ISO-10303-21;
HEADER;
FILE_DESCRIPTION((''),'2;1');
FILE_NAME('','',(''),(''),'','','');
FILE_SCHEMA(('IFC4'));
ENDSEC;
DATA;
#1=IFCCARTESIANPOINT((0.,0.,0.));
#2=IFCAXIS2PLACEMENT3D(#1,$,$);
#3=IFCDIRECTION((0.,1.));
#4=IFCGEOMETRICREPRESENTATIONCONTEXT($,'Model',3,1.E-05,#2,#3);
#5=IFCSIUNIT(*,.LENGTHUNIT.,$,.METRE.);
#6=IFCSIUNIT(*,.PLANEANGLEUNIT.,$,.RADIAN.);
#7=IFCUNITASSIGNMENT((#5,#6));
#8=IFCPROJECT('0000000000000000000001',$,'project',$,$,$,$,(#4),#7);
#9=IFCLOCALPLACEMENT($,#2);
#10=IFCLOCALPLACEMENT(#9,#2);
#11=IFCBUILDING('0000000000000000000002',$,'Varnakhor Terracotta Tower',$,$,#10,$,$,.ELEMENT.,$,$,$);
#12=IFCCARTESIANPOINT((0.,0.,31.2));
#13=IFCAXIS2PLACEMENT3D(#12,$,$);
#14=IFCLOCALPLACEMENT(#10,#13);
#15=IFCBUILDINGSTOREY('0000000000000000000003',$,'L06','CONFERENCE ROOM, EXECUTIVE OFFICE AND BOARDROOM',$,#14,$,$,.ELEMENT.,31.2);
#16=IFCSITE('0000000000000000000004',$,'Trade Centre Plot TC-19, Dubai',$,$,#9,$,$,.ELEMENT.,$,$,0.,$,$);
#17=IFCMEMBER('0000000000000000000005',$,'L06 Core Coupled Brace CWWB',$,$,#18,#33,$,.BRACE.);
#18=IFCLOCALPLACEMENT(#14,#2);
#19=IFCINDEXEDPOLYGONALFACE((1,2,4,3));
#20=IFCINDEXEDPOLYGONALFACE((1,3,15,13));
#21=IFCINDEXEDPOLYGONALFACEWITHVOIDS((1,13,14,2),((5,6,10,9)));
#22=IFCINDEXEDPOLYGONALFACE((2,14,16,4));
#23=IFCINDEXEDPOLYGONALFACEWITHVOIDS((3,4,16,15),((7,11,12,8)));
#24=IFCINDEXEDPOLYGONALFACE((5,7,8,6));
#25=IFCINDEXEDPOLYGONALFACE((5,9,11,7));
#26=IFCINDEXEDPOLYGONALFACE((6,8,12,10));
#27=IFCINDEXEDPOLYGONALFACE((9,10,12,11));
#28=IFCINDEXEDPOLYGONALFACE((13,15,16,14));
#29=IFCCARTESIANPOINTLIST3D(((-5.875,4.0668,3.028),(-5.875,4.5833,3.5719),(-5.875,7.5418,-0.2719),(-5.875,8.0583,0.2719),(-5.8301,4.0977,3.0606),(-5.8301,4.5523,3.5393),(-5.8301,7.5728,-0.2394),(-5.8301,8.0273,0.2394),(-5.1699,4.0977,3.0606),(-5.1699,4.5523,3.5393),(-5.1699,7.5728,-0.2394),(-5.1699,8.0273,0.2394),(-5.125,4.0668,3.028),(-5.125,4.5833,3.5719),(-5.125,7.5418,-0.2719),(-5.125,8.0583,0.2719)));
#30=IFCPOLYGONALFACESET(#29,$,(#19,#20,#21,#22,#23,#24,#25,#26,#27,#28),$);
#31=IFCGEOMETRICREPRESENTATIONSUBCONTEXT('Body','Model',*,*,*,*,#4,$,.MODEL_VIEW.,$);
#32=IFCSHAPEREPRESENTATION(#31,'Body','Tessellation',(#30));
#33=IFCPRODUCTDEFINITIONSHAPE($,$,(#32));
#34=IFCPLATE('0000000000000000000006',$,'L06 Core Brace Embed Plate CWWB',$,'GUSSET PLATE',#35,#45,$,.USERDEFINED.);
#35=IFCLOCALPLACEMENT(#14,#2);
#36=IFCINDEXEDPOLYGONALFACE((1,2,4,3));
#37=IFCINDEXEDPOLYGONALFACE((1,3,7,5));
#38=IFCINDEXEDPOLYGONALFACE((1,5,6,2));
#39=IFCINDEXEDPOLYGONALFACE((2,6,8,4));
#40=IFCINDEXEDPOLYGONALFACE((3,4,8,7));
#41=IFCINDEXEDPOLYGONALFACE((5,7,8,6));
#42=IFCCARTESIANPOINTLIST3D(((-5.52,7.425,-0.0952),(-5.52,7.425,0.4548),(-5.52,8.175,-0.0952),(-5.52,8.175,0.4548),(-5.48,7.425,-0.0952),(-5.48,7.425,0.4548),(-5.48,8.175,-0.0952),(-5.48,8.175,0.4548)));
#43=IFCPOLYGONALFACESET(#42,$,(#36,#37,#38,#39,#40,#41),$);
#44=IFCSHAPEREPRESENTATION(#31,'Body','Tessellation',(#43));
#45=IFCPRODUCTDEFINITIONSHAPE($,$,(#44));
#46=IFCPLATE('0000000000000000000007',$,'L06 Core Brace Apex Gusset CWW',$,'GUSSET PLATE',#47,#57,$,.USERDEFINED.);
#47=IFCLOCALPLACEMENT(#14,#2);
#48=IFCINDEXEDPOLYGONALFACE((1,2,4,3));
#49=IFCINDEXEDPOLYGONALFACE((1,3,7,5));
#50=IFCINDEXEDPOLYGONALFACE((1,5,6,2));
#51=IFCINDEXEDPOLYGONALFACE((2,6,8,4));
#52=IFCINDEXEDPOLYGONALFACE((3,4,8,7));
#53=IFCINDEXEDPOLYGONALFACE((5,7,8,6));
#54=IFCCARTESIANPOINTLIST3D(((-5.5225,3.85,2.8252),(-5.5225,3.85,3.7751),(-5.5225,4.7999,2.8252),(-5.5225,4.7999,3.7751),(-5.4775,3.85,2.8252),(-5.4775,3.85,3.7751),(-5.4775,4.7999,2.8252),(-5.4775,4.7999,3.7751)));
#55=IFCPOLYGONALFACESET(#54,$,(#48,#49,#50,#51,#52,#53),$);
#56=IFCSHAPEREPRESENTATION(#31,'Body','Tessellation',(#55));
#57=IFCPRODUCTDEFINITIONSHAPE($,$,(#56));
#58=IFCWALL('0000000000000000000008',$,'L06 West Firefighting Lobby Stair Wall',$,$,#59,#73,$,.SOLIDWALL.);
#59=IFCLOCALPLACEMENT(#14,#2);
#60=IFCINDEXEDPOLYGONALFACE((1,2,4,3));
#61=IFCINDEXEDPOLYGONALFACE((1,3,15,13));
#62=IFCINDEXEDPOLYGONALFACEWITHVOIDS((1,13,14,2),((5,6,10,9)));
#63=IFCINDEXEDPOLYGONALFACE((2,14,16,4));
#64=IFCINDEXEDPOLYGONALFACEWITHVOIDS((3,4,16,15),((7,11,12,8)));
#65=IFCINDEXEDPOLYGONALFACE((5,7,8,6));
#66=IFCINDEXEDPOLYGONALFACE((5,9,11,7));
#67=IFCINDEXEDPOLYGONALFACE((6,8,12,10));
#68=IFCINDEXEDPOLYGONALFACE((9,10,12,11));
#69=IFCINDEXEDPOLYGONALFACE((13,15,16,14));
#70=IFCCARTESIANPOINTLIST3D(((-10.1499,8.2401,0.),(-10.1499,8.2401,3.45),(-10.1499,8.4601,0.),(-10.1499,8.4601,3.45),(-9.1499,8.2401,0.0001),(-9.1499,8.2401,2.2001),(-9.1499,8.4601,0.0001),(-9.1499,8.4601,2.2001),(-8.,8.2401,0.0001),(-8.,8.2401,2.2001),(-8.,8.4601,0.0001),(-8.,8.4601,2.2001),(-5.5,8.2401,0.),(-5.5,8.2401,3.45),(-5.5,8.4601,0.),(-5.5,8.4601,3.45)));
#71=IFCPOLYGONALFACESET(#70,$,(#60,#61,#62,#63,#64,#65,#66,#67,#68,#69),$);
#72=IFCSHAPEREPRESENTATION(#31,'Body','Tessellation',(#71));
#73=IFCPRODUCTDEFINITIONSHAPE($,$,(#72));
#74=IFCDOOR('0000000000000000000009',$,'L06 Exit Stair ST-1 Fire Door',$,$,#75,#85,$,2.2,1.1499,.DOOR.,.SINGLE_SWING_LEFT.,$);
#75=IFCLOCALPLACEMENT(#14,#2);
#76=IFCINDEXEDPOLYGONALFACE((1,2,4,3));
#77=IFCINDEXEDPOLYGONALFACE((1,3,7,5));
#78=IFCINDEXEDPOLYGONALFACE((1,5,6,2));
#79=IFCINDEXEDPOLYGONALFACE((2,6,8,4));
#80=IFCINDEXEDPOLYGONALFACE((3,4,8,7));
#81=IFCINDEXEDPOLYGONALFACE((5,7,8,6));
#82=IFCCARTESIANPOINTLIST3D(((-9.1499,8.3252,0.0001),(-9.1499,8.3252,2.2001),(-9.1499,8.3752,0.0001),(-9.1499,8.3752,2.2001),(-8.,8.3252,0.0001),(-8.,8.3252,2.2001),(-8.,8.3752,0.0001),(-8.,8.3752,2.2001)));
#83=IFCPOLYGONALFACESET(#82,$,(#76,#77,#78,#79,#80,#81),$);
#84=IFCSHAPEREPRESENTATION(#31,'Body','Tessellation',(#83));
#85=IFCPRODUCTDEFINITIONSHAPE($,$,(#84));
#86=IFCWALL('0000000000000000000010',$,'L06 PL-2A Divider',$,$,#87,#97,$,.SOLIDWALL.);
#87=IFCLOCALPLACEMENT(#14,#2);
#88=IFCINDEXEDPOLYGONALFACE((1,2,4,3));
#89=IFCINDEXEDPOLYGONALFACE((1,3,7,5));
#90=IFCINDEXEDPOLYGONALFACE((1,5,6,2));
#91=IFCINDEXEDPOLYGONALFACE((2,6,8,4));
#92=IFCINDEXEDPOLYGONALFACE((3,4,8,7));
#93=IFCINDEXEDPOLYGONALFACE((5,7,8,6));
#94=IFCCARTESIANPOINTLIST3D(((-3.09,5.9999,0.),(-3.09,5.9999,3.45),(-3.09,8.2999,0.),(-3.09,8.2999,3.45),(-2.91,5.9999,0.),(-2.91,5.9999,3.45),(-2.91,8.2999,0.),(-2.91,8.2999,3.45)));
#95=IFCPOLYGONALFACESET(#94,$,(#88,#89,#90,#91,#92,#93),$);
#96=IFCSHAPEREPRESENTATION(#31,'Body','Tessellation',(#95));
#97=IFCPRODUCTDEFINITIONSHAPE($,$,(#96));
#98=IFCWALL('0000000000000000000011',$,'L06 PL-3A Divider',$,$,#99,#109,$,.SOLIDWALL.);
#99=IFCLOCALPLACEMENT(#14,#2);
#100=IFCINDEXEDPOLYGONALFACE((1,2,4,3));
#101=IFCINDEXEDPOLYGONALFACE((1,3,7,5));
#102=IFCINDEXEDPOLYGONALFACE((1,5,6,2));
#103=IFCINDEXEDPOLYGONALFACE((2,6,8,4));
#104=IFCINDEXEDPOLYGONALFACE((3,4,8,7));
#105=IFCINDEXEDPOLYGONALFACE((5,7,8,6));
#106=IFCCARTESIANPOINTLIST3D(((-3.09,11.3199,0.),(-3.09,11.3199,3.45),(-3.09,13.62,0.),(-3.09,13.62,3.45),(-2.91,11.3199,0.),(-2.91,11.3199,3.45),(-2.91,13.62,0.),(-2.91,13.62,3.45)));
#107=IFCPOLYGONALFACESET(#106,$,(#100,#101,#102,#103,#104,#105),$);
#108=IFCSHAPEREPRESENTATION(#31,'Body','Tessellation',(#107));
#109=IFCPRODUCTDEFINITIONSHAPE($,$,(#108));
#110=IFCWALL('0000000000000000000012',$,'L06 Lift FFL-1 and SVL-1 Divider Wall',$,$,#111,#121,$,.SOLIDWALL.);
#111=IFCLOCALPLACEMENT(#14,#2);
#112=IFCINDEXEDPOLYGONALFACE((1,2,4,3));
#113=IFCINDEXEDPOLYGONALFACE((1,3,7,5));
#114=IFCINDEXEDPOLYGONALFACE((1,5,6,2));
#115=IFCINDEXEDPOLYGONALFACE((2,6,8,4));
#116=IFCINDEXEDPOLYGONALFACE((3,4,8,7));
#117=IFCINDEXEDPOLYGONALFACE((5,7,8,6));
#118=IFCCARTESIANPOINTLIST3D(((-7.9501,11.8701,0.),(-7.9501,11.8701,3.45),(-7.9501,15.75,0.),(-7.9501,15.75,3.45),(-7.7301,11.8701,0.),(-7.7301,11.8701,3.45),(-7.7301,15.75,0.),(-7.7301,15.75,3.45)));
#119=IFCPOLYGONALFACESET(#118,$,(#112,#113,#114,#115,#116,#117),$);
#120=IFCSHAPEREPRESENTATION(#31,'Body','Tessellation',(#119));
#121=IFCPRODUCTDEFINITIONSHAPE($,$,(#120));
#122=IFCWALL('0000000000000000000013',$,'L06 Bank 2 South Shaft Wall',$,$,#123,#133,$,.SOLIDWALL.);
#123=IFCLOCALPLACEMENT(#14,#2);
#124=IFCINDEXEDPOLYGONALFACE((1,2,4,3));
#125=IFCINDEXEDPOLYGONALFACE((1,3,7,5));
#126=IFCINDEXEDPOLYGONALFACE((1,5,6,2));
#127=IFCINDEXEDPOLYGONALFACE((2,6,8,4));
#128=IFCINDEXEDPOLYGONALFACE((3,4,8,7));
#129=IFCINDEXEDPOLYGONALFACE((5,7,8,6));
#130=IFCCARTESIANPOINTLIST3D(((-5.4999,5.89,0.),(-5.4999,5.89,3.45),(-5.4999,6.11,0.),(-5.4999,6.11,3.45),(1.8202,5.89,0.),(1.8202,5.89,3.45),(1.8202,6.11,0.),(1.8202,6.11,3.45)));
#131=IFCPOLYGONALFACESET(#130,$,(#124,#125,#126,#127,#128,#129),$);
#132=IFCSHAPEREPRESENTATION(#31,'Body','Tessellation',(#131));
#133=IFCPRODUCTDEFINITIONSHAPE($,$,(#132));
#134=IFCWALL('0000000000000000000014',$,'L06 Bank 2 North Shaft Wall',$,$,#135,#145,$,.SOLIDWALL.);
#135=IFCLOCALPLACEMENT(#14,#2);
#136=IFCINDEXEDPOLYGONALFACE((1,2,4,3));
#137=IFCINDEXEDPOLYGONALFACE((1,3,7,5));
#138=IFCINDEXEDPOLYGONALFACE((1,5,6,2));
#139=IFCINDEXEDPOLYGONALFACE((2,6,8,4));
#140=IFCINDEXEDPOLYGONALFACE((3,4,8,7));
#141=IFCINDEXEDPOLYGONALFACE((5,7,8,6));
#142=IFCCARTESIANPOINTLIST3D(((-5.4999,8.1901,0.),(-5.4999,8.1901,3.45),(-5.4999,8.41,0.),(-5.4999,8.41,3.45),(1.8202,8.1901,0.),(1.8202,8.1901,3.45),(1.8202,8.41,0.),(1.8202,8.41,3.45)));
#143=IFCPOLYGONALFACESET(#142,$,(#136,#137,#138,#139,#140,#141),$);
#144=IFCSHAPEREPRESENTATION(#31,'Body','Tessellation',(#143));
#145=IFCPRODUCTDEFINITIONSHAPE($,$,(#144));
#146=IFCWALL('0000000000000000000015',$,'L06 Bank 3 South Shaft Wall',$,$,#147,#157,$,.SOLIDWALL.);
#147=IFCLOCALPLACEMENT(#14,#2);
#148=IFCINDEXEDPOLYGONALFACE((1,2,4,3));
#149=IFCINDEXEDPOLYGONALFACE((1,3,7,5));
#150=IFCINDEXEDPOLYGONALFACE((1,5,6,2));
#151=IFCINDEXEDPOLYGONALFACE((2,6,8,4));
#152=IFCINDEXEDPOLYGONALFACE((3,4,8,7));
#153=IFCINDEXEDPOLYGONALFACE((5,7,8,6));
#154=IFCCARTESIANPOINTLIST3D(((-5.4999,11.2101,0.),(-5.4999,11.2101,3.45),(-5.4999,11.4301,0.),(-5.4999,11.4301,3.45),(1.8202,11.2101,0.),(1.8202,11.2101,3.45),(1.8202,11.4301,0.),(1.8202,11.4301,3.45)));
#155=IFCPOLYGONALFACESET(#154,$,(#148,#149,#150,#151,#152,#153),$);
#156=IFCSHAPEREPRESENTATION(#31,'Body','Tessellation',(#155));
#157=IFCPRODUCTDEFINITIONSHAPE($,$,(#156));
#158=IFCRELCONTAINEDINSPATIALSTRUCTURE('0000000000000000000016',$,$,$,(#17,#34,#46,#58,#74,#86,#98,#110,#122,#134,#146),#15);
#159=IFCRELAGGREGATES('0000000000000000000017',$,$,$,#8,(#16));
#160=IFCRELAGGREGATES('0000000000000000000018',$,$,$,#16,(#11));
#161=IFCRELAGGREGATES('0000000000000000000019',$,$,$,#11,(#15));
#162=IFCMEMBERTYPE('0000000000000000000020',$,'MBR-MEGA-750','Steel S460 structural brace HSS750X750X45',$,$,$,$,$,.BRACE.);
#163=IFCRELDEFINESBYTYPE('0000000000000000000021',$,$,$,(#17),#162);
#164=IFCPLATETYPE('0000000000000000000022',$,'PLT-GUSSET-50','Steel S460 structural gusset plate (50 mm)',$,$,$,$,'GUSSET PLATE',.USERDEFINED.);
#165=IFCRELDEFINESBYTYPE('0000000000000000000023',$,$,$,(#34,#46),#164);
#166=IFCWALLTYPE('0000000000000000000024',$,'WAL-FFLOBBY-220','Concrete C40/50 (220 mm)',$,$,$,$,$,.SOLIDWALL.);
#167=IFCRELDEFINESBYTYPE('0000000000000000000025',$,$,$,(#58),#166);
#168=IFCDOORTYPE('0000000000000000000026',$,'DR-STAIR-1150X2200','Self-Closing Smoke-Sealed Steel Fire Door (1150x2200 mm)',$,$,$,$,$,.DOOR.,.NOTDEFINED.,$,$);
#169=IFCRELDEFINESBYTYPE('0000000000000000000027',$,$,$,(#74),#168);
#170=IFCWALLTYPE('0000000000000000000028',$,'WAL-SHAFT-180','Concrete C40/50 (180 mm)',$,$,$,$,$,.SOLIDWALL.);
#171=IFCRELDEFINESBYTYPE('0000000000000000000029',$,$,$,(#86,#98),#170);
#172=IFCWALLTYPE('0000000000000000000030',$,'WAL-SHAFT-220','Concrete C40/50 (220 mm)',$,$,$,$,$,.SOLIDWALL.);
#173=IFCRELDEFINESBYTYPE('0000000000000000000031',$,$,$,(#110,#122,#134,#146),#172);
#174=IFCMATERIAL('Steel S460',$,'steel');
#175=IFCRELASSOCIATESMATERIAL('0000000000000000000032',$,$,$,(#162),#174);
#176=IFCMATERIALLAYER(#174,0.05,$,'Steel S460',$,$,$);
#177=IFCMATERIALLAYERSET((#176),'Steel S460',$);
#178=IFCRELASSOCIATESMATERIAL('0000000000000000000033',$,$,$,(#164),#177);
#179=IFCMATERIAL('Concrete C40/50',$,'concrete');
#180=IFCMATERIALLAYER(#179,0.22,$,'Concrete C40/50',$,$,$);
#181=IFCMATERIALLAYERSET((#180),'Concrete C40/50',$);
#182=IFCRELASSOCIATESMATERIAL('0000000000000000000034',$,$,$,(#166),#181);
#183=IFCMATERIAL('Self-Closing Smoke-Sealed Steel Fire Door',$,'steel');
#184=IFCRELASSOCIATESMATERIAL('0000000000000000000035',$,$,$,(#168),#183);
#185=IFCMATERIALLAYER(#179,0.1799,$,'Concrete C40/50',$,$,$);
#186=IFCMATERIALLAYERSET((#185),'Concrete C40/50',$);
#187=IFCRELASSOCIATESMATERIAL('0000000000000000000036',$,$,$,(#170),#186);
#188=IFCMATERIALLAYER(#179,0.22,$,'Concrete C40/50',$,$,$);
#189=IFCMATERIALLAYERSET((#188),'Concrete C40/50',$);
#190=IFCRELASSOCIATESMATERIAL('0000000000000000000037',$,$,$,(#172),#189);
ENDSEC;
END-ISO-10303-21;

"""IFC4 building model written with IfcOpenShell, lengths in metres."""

from ifc_helpers import new_model, si_unit, direction, frame, frame_2d, origin, origin_2d, place, context, subcontext, project, spatial, rectangle, hollow_rectangle, extrude, source, transform, mapped, material, layer, layer_set, material_profile, profile_set, type_object, type_shapes, element, fill, save


model = new_model("IFC4")

# Units and contexts
model_context = context("Model", 3, precision=1e-05, world=origin(), true_north=direction((0.0, 1.0)))
body_context = subcontext(model_context, "Body", "Model", "MODEL_VIEW")
ifc_project = project(units=[si_unit("LENGTHUNIT", "METRE"), si_unit("PLANEANGLEUNIT", "RADIAN")], contexts=[model_context])

# Site, building, storey
site_placement = place(None, origin())
site = spatial("IfcSite", under=ifc_project, at=site_placement, Name="Trade Centre Plot TC-19, Dubai", CompositionType="ELEMENT", RefElevation=0.0)
building_placement = place(site_placement, origin())
building = spatial("IfcBuilding", under=site, at=building_placement, Name="Varnakhor Terracotta Tower", CompositionType="ELEMENT")
storey_placement = place(building_placement, frame((0.0, 0.0, 31.2)))
storey = spatial("IfcBuildingStorey", under=building, at=storey_placement, Name="L06", Description="CONFERENCE ROOM, EXECUTIVE OFFICE AND BOARDROOM", CompositionType="ELEMENT", Elevation=31.2)

# Member
ifc_material_1 = material(Name="Steel S460", Category="steel")
ifc_material_profile = material_profile(ifc_material_1, hollow_rectangle(XDim=0.75, YDim=0.75, WallThickness=0.0449, at=origin_2d()), Name="HSS750X750X45")
ifc_profile_set = profile_set([ifc_material_profile], Name="Steel S460")
member_type = type_object("IfcMemberType", Name="MBR-MEGA-750", Description="Steel S460 structural brace HSS750X750X45", PredefinedType="BRACE", material=ifc_profile_set)
shared_shape_1 = source(origin(), body_context, "Body", "SweptSolid", [
    extrude(hollow_rectangle(XDim=0.75, YDim=0.75, WallThickness=0.0449, at=origin_2d()), origin(), (0.0, 0.0, 1.0), 4.7922),
])
member_placement = place(storey_placement, frame((-5.5, 7.8, 0.0), z_axis=(0.0, -0.725134, 0.688608), x_axis=(1.0, 0.0, 0.0)))
element("IfcMember", 1, at=member_placement, inside=storey, type_object=member_type, Name="L06 Core Coupled Brace CWWB", PredefinedType="BRACE", context=body_context, shape_type="MappedRepresentation", body=[
    mapped(shared_shape_1, transform((0.0, 0.0, 0.0), scale=1.0)),
])

# Plates
ifc_layer_1 = layer(ifc_material_1, 0.05, Name="Steel S460")
ifc_layer_set_1 = layer_set([ifc_layer_1], Name="Steel S460")
plate_type = type_object("IfcPlateType", Name="PLT-GUSSET-50", Description="Steel S460 structural gusset plate (50 mm)", ElementType="GUSSET PLATE", PredefinedType="USERDEFINED", material=ifc_layer_set_1)
shared_shape_2 = source(origin(), body_context, "Body", "SweptSolid", [
    extrude(rectangle(XDim=0.75, YDim=0.04, at=origin_2d()), origin(), (0.0, 0.0, 1.0), 0.55),
])
type_shapes(plate_type, [shared_shape_2])
plate_1_placement = place(storey_placement, frame((-5.5, 7.8, -0.0952), z_axis=(0.0, 0.0, 1.0), x_axis=(0.0, 1.0, 0.0)))
element("IfcPlate", 2, at=plate_1_placement, inside=storey, type_object=plate_type, Name="L06 Core Brace Embed Plate CWWB", ObjectType="GUSSET PLATE", PredefinedType="USERDEFINED", context=body_context, shape_type="MappedRepresentation", body=[
    mapped(shared_shape_2, transform((0.0, 0.0, 0.0), scale=1.0)),
])
shared_shape_3 = source(origin(), body_context, "Body", "SweptSolid", [
    extrude(rectangle(XDim=0.95, YDim=0.0449, at=origin_2d()), origin(), (0.0, 0.0, 1.0), 0.95),
])
plate_2_placement = place(storey_placement, frame((-5.5, 4.325, 2.8252), z_axis=(0.0, 0.0, 1.0), x_axis=(0.0, 1.0, 0.0)))
element("IfcPlate", 3, at=plate_2_placement, inside=storey, type_object=plate_type, Name="L06 Core Brace Apex Gusset CWW", ObjectType="GUSSET PLATE", PredefinedType="USERDEFINED", context=body_context, shape_type="MappedRepresentation", body=[
    mapped(shared_shape_3, transform((0.0, 0.0, 0.0), scale=1.0)),
])

# Wall, opening, door
ifc_material_2 = material(Name="Concrete C40/50", Category="concrete")
ifc_layer_2 = layer(ifc_material_2, 0.22, Name="Concrete C40/50")
ifc_layer_set_2 = layer_set([ifc_layer_2], Name="Concrete C40/50")
wall_type_1 = type_object("IfcWallType", Name="WAL-FFLOBBY-220", Description="Concrete C40/50 (220 mm)", PredefinedType="SOLIDWALL", material=ifc_layer_set_2)
wall_1_placement = place(storey_placement, frame((-5.5, 8.3501, 0.0), z_axis=(0.0, 0.0, 1.0), x_axis=(-1.0, 0.0, 0.0)))
wall_1 = element("IfcWall", 4, at=wall_1_placement, inside=storey, type_object=wall_type_1, Name="L06 West Firefighting Lobby Stair Wall", PredefinedType="SOLIDWALL", context=body_context, shape_type="SweptSolid", body=[
    extrude(rectangle(XDim=4.6499, YDim=0.22, at=frame_2d((2.325, 0.0))), origin(), (0.0, 0.0, 1.0), 3.45),
])
opening_placement = place(wall_1_placement, frame((2.5, 0.0, 0.0)))
opening = element("IfcOpeningElement", 5, at=opening_placement, cuts=wall_1, PredefinedType="OPENING", context=body_context, shape_type="SweptSolid", body=[
    extrude(rectangle(XDim=1.1499, YDim=2.2, at=frame_2d((0.575, 1.1001))), frame((0.0, 0.1201, 0.0), z_axis=(0.0, -1.0, 0.0), x_axis=(1.0, 0.0, 0.0)), (0.0, 0.0, 1.0), 0.24),
])
ifc_material_3 = material(Name="Self-Closing Smoke-Sealed Steel Fire Door", Category="steel")
door_type = type_object("IfcDoorType", Name="DR-STAIR-1150X2200", Description="Self-Closing Smoke-Sealed Steel Fire Door (1150x2200 mm)", OperationType="NOTDEFINED", PredefinedType="DOOR", material=ifc_material_3)
shared_shape_4 = source(origin(), body_context, "Body", "SweptSolid", [
    extrude(rectangle(XDim=1.1499, YDim=2.2, at=frame_2d((0.575, 1.1001))), frame((0.0, 0.0249, 0.0), z_axis=(0.0, -1.0, 0.0), x_axis=(1.0, 0.0, 0.0)), (0.0, 0.0, 1.0), 0.05),
])
type_shapes(door_type, [shared_shape_4])
door_placement = place(opening_placement, origin())
door = element("IfcDoor", 6, at=door_placement, inside=storey, type_object=door_type, Name="L06 Exit Stair ST-1 Fire Door", OperationType="SINGLE_SWING_LEFT", OverallHeight=2.2, OverallWidth=1.1499, PredefinedType="DOOR", context=body_context, shape_type="MappedRepresentation", body=[
    mapped(shared_shape_4, transform((0.0, 0.0, 0.0), scale=1.0)),
])
fill(opening, door)

# Walls
ifc_layer_3 = layer(ifc_material_2, 0.1799, Name="Concrete C40/50")
ifc_layer_set_3 = layer_set([ifc_layer_3], Name="Concrete C40/50")
wall_type_2 = type_object("IfcWallType", Name="WAL-SHAFT-180", Description="Concrete C40/50 (180 mm)", PredefinedType="SOLIDWALL", material=ifc_layer_set_3)
for number, where, z_axis, x_axis, name in (
    (7, (-3.0, 6.0, 0.0), (0.0, 0.0, 1.0), (0.0, 1.0, 0.0), "L06 PL-2A Divider"),
    (8, (-3.0, 11.3201, 0.0), (0.0, 0.0, 1.0), (0.0, 1.0, 0.0), "L06 PL-3A Divider"),
):
    element("IfcWall", number, at=place(storey_placement, frame(where, z_axis=z_axis, x_axis=x_axis)), inside=storey, type_object=wall_type_2, Name=name, PredefinedType="SOLIDWALL", context=body_context, shape_type="SweptSolid", body=[
        extrude(rectangle(XDim=2.3, YDim=0.1799, at=frame_2d((1.1499, 0.0))), origin(), (0.0, 0.0, 1.0), 3.45),
    ])
ifc_layer_4 = layer(ifc_material_2, 0.22, Name="Concrete C40/50")
ifc_layer_set_4 = layer_set([ifc_layer_4], Name="Concrete C40/50")
wall_type_3 = type_object("IfcWallType", Name="WAL-SHAFT-220", Description="Concrete C40/50 (220 mm)", PredefinedType="SOLIDWALL", material=ifc_layer_set_4)
wall_2_placement = place(storey_placement, frame((-7.8401, 11.8701, 0.0), z_axis=(0.0, 0.0, 1.0), x_axis=(0.0, 1.0, 0.0)))
element("IfcWall", 9, at=wall_2_placement, inside=storey, type_object=wall_type_3, Name="L06 Lift FFL-1 and SVL-1 Divider Wall", PredefinedType="SOLIDWALL", context=body_context, shape_type="SweptSolid", body=[
    extrude(rectangle(XDim=3.8799, YDim=0.22, at=frame_2d((1.9399, 0.0))), origin(), (0.0, 0.0, 1.0), 3.45),
])
for number, where, z_axis, x_axis, name in (
    (10, (-5.5, 6.0, 0.0), (0.0, 0.0, 1.0), (1.0, 0.0, 0.0), "L06 Bank 2 South Shaft Wall"),
    (11, (-5.5, 8.3, 0.0), (0.0, 0.0, 1.0), (1.0, 0.0, 0.0), "L06 Bank 2 North Shaft Wall"),
    (12, (-5.5, 11.3201, 0.0), (0.0, 0.0, 1.0), (1.0, 0.0, 0.0), "L06 Bank 3 South Shaft Wall"),
):
    element("IfcWall", number, at=place(storey_placement, frame(where, z_axis=z_axis, x_axis=x_axis)), inside=storey, type_object=wall_type_3, Name=name, PredefinedType="SOLIDWALL", context=body_context, shape_type="SweptSolid", body=[
        extrude(rectangle(XDim=7.3201, YDim=0.22, at=frame_2d((3.6602, 0.0))), origin(), (0.0, 0.0, 1.0), 3.45),
    ])

save(model, "model.ifc")
